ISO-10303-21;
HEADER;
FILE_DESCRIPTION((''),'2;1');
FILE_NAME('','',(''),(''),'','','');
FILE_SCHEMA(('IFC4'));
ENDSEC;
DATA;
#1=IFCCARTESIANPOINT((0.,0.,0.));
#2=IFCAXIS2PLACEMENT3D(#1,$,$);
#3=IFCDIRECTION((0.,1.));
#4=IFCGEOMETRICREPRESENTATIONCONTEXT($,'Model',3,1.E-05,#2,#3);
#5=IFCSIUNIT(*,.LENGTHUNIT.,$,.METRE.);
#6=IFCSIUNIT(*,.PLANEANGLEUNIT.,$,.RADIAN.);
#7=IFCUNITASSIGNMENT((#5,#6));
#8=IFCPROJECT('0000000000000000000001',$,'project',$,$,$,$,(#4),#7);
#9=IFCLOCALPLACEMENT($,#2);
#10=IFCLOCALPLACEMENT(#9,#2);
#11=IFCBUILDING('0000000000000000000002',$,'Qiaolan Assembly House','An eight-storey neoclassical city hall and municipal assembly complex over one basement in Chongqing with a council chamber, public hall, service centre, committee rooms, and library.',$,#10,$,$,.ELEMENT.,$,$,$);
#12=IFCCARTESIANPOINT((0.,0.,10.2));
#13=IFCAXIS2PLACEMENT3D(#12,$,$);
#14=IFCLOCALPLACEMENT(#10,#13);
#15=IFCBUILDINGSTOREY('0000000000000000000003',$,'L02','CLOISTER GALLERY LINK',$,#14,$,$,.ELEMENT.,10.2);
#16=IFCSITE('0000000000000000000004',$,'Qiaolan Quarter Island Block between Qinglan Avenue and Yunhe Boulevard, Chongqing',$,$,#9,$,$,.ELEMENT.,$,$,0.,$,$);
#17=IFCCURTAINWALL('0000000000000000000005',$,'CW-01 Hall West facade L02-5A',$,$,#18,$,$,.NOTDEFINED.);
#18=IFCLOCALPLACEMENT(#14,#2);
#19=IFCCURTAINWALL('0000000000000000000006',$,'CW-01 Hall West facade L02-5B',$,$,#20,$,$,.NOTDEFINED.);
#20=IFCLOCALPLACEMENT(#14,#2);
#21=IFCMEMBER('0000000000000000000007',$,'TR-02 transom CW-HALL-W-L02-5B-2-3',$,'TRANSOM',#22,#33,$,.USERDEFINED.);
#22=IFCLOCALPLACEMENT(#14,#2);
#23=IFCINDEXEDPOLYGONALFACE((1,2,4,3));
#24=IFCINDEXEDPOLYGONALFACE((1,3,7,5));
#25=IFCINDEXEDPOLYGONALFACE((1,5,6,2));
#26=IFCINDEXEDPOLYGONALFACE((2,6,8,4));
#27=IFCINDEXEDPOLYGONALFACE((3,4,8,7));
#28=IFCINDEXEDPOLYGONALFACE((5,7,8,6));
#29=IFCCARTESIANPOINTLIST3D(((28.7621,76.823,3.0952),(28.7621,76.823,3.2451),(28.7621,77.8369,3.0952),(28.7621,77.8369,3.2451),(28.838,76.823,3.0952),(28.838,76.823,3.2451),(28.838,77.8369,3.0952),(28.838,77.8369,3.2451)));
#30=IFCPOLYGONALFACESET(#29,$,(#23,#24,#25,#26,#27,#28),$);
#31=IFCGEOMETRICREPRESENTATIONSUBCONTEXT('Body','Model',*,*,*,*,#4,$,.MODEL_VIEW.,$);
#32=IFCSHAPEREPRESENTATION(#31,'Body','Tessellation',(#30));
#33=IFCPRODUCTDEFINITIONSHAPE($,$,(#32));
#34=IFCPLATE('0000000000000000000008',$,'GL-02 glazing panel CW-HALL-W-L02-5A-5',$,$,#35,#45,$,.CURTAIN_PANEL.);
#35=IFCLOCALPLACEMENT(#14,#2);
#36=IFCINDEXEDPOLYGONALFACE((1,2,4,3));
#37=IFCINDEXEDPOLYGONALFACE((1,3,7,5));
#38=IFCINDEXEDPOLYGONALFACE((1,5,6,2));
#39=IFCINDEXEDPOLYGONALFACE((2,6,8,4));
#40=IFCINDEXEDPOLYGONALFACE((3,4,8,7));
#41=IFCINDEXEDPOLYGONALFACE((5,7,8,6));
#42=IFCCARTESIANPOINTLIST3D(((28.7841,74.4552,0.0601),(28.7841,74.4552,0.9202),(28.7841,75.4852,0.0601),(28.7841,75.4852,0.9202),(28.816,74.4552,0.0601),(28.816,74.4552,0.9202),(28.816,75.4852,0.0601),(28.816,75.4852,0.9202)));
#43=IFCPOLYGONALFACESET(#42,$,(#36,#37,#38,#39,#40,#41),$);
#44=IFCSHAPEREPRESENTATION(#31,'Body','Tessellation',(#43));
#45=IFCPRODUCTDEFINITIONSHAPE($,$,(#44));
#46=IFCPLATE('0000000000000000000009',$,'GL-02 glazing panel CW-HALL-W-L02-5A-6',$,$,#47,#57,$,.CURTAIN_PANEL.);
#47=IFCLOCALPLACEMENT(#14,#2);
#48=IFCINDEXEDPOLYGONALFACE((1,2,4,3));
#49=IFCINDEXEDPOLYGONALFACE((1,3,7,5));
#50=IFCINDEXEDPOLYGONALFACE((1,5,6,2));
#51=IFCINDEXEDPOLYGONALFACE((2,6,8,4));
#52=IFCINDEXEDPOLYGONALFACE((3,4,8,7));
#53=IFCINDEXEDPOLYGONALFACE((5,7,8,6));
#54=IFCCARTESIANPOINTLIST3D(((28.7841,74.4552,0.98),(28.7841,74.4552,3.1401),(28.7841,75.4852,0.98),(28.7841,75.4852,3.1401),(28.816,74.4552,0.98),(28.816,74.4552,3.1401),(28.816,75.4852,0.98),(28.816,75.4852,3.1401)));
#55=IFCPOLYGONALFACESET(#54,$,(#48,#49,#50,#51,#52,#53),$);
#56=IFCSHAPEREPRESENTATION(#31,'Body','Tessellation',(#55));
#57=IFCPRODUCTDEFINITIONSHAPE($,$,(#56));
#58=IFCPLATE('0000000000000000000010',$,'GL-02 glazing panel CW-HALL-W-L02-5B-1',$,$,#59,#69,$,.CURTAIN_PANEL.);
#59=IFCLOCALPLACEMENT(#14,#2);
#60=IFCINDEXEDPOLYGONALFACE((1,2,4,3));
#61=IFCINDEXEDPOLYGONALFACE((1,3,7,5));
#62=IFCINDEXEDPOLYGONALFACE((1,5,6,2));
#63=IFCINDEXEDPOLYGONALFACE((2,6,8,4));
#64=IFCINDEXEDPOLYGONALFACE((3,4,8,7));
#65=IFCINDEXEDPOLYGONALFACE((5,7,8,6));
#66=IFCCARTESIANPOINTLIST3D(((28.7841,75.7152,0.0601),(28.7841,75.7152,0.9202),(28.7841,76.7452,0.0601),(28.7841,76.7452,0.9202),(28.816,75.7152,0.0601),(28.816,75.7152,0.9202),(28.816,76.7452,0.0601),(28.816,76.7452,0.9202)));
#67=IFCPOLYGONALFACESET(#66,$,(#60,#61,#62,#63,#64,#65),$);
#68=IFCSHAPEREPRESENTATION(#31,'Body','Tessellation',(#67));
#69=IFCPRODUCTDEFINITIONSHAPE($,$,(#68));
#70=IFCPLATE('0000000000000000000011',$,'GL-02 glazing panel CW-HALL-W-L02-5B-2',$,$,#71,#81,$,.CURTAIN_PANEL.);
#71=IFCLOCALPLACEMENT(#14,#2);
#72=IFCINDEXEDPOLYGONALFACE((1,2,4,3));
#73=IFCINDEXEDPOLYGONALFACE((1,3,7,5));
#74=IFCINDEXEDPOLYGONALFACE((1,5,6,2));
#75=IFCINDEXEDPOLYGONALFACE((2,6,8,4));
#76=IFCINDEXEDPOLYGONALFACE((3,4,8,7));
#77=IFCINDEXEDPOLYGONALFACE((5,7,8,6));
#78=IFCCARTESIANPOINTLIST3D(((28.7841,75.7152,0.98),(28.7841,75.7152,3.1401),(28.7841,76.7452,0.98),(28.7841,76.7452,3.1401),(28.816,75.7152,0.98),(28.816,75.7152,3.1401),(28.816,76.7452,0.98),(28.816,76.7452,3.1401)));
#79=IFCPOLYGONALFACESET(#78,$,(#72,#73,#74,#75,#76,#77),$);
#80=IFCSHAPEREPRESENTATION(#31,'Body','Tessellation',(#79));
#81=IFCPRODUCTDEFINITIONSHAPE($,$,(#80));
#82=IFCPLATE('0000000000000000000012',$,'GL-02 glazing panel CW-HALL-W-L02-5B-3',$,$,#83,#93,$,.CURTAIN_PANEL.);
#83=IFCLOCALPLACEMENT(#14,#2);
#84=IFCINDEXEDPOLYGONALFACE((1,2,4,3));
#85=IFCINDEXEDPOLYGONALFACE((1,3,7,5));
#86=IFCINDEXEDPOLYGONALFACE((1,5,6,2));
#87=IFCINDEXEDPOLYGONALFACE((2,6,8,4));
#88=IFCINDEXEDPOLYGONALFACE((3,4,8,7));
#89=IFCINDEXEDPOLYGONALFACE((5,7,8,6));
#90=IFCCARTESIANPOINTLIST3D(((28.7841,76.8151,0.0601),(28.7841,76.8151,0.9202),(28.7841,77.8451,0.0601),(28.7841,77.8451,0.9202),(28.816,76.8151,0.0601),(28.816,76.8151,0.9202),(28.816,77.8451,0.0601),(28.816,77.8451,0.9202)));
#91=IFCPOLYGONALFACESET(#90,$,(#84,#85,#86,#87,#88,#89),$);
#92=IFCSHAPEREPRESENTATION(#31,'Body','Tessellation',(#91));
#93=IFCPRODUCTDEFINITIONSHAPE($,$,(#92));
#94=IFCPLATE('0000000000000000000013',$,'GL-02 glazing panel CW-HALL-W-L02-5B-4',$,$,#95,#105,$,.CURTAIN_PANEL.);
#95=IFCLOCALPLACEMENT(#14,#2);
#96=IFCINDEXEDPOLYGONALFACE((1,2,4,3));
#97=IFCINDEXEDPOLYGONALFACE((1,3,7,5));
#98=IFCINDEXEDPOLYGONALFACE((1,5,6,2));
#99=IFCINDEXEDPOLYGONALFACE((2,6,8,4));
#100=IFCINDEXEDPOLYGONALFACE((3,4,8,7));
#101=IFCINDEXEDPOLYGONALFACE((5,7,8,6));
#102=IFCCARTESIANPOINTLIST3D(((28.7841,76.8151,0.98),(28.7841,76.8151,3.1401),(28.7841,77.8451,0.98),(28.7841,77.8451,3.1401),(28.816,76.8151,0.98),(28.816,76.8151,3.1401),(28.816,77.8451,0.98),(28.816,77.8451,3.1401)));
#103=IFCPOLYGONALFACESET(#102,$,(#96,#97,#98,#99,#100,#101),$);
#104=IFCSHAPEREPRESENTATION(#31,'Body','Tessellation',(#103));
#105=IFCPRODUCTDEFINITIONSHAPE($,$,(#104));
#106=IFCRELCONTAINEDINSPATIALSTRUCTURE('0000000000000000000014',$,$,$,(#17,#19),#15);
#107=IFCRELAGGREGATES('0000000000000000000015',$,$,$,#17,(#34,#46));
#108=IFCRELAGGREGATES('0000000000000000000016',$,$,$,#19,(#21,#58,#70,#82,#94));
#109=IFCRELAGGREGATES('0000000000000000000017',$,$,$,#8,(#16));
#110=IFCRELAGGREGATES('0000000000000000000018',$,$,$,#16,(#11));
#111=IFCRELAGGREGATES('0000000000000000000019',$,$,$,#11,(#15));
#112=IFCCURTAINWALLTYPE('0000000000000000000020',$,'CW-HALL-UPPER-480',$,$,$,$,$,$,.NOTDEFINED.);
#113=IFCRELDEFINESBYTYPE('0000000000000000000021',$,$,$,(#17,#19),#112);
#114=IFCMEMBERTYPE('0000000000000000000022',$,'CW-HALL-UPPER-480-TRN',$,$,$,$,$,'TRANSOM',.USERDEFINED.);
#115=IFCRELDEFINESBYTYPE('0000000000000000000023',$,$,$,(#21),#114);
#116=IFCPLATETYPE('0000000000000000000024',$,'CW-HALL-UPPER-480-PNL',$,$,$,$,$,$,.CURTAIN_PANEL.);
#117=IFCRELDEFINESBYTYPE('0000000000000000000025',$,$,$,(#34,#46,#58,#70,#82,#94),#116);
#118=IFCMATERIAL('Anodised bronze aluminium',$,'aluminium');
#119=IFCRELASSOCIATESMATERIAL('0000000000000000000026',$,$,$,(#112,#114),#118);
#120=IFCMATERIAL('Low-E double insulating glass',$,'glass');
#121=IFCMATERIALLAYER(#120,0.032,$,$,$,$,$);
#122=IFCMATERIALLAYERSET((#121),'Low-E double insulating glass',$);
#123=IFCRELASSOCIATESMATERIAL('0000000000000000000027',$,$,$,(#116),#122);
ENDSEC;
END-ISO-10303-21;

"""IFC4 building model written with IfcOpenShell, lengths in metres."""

from ifc_helpers import new_model, si_unit, direction, frame, frame_2d, origin, origin_2d, place, context, subcontext, project, spatial, rectangle, extrude, material, layer, layer_set, material_profile, profile_set, type_object, element, aggregate, save


model = new_model("IFC4")

# Units and contexts
model_context = context("Model", 3, precision=1e-05, world=origin(), true_north=direction((0.0, 1.0)))
body_context = subcontext(model_context, "Body", "Model", "MODEL_VIEW")
ifc_project = project(units=[si_unit("LENGTHUNIT", "METRE"), si_unit("PLANEANGLEUNIT", "RADIAN")], contexts=[model_context])

# Site, building, storey
site_placement = place(None, origin())
site = spatial("IfcSite", under=ifc_project, at=site_placement, Name="Qiaolan Quarter Island Block between Qinglan Avenue and Yunhe Boulevard, Chongqing", CompositionType="ELEMENT", RefElevation=0.0)
building_placement = place(site_placement, origin())
building = spatial("IfcBuilding", under=site, at=building_placement, Name="Qiaolan Assembly House", Description="An eight-storey neoclassical city hall and municipal assembly complex over one basement in Chongqing with a council chamber, public hall, service centre, committee rooms, and library.", CompositionType="ELEMENT")
storey_placement = place(building_placement, frame((0.0, 0.0, 10.2)))
storey = spatial("IfcBuildingStorey", under=building, at=storey_placement, Name="L02", Description="CLOISTER GALLERY LINK", CompositionType="ELEMENT", Elevation=10.2)

# Curtain walls
ifc_material_1 = material(Name="Anodised bronze aluminium", Category="aluminium")
curtain_wall_type = type_object("IfcCurtainWallType", Name="CW-HALL-UPPER-480", PredefinedType="NOTDEFINED", material=ifc_material_1)
curtain_wall_1_placement = place(storey_placement, origin())
curtain_wall_1 = element("IfcCurtainWall", 1, at=curtain_wall_1_placement, inside=storey, type_object=curtain_wall_type, Name="CW-01 Hall West facade L02-5A", PredefinedType="NOTDEFINED")
curtain_wall_2_placement = place(storey_placement, origin())
curtain_wall_2 = element("IfcCurtainWall", 2, at=curtain_wall_2_placement, inside=storey, type_object=curtain_wall_type, Name="CW-01 Hall West facade L02-5B", PredefinedType="NOTDEFINED")

# Member
ifc_material_profile_1 = material_profile(ifc_material_1, rectangle(XDim=0.0759, YDim=0.1499, at=origin_2d()), Name="TRN 76x150")
ifc_profile_set_1 = profile_set([ifc_material_profile_1], Name="Anodised bronze aluminium")
member_type_1 = type_object("IfcMemberType", Name="CW-HALL-UPPER-480-TRN", ElementType="TRANSOM", PredefinedType="USERDEFINED", material=ifc_profile_set_1)
member_1_placement = place(storey_placement, frame((28.8, 76.823, 3.1702), z_axis=(0.0, 1.0, 0.0), x_axis=(-1.0, 0.0, 0.0)))
member_1 = element("IfcMember", 3, at=member_1_placement, type_object=member_type_1, Name="TR-02 transom CW-HALL-W-L02-5B-2-3", ObjectType="TRANSOM", PredefinedType="USERDEFINED", context=body_context, shape_type="SweptSolid", body=[
    extrude(rectangle(XDim=0.0759, YDim=0.1499, at=origin_2d()), origin(), (0.0, 0.0, 1.0), 1.0139),
])

# Plates
ifc_material_2 = material(Name="Low-E double insulating glass", Category="glass")
ifc_layer = layer(ifc_material_2, 0.032)
ifc_layer_set = layer_set([ifc_layer], Name="Low-E double insulating glass")
plate_type = type_object("IfcPlateType", Name="CW-HALL-UPPER-480-PNL", PredefinedType="CURTAIN_PANEL", material=ifc_layer_set)
plate_1_placement = place(storey_placement, frame((28.8, 74.4551, 0.0601), z_axis=(0.0, 0.0, 1.0), x_axis=(0.0, 1.0, 0.0)))
plate_1 = element("IfcPlate", 4, at=plate_1_placement, type_object=plate_type, Name="GL-02 glazing panel CW-HALL-W-L02-5A-5", PredefinedType="CURTAIN_PANEL", context=body_context, shape_type="SweptSolid", body=[
    extrude(rectangle(XDim=1.03, YDim=0.032, at=frame_2d((0.5151, 0.0))), origin(), (0.0, 0.0, 1.0), 0.8601),
])
plate_2_placement = place(storey_placement, frame((28.8, 74.4551, 0.98), z_axis=(0.0, 0.0, 1.0), x_axis=(0.0, 1.0, 0.0)))
plate_2 = element("IfcPlate", 5, at=plate_2_placement, type_object=plate_type, Name="GL-02 glazing panel CW-HALL-W-L02-5A-6", PredefinedType="CURTAIN_PANEL", context=body_context, shape_type="SweptSolid", body=[
    extrude(rectangle(XDim=1.03, YDim=0.032, at=frame_2d((0.5151, 0.0))), origin(), (0.0, 0.0, 1.0), 2.1602),
])
aggregate(curtain_wall_1, [plate_1, plate_2])
plate_3_placement = place(storey_placement, frame((28.8, 75.7151, 0.0601), z_axis=(0.0, 0.0, 1.0), x_axis=(0.0, 1.0, 0.0)))
plate_3 = element("IfcPlate", 6, at=plate_3_placement, type_object=plate_type, Name="GL-02 glazing panel CW-HALL-W-L02-5B-1", PredefinedType="CURTAIN_PANEL", context=body_context, shape_type="SweptSolid", body=[
    extrude(rectangle(XDim=1.03, YDim=0.032, at=frame_2d((0.5151, 0.0))), origin(), (0.0, 0.0, 1.0), 0.8601),
])
plate_4_placement = place(storey_placement, frame((28.8, 75.7151, 0.98), z_axis=(0.0, 0.0, 1.0), x_axis=(0.0, 1.0, 0.0)))
plate_4 = element("IfcPlate", 7, at=plate_4_placement, type_object=plate_type, Name="GL-02 glazing panel CW-HALL-W-L02-5B-2", PredefinedType="CURTAIN_PANEL", context=body_context, shape_type="SweptSolid", body=[
    extrude(rectangle(XDim=1.03, YDim=0.032, at=frame_2d((0.5151, 0.0))), origin(), (0.0, 0.0, 1.0), 2.1602),
])
plate_5_placement = place(storey_placement, frame((28.8, 76.8149, 0.0601), z_axis=(0.0, 0.0, 1.0), x_axis=(0.0, 1.0, 0.0)))
plate_5 = element("IfcPlate", 8, at=plate_5_placement, type_object=plate_type, Name="GL-02 glazing panel CW-HALL-W-L02-5B-3", PredefinedType="CURTAIN_PANEL", context=body_context, shape_type="SweptSolid", body=[
    extrude(rectangle(XDim=1.03, YDim=0.032, at=frame_2d((0.5151, 0.0))), origin(), (0.0, 0.0, 1.0), 0.8601),
])
plate_6_placement = place(storey_placement, frame((28.8, 76.8149, 0.98), z_axis=(0.0, 0.0, 1.0), x_axis=(0.0, 1.0, 0.0)))
plate_6 = element("IfcPlate", 9, at=plate_6_placement, type_object=plate_type, Name="GL-02 glazing panel CW-HALL-W-L02-5B-4", PredefinedType="CURTAIN_PANEL", context=body_context, shape_type="SweptSolid", body=[
    extrude(rectangle(XDim=1.03, YDim=0.032, at=frame_2d((0.5151, 0.0))), origin(), (0.0, 0.0, 1.0), 2.1602),
])
aggregate(curtain_wall_2, [member_1, plate_3, plate_4, plate_5, plate_6])

save(model, "model.ifc")
